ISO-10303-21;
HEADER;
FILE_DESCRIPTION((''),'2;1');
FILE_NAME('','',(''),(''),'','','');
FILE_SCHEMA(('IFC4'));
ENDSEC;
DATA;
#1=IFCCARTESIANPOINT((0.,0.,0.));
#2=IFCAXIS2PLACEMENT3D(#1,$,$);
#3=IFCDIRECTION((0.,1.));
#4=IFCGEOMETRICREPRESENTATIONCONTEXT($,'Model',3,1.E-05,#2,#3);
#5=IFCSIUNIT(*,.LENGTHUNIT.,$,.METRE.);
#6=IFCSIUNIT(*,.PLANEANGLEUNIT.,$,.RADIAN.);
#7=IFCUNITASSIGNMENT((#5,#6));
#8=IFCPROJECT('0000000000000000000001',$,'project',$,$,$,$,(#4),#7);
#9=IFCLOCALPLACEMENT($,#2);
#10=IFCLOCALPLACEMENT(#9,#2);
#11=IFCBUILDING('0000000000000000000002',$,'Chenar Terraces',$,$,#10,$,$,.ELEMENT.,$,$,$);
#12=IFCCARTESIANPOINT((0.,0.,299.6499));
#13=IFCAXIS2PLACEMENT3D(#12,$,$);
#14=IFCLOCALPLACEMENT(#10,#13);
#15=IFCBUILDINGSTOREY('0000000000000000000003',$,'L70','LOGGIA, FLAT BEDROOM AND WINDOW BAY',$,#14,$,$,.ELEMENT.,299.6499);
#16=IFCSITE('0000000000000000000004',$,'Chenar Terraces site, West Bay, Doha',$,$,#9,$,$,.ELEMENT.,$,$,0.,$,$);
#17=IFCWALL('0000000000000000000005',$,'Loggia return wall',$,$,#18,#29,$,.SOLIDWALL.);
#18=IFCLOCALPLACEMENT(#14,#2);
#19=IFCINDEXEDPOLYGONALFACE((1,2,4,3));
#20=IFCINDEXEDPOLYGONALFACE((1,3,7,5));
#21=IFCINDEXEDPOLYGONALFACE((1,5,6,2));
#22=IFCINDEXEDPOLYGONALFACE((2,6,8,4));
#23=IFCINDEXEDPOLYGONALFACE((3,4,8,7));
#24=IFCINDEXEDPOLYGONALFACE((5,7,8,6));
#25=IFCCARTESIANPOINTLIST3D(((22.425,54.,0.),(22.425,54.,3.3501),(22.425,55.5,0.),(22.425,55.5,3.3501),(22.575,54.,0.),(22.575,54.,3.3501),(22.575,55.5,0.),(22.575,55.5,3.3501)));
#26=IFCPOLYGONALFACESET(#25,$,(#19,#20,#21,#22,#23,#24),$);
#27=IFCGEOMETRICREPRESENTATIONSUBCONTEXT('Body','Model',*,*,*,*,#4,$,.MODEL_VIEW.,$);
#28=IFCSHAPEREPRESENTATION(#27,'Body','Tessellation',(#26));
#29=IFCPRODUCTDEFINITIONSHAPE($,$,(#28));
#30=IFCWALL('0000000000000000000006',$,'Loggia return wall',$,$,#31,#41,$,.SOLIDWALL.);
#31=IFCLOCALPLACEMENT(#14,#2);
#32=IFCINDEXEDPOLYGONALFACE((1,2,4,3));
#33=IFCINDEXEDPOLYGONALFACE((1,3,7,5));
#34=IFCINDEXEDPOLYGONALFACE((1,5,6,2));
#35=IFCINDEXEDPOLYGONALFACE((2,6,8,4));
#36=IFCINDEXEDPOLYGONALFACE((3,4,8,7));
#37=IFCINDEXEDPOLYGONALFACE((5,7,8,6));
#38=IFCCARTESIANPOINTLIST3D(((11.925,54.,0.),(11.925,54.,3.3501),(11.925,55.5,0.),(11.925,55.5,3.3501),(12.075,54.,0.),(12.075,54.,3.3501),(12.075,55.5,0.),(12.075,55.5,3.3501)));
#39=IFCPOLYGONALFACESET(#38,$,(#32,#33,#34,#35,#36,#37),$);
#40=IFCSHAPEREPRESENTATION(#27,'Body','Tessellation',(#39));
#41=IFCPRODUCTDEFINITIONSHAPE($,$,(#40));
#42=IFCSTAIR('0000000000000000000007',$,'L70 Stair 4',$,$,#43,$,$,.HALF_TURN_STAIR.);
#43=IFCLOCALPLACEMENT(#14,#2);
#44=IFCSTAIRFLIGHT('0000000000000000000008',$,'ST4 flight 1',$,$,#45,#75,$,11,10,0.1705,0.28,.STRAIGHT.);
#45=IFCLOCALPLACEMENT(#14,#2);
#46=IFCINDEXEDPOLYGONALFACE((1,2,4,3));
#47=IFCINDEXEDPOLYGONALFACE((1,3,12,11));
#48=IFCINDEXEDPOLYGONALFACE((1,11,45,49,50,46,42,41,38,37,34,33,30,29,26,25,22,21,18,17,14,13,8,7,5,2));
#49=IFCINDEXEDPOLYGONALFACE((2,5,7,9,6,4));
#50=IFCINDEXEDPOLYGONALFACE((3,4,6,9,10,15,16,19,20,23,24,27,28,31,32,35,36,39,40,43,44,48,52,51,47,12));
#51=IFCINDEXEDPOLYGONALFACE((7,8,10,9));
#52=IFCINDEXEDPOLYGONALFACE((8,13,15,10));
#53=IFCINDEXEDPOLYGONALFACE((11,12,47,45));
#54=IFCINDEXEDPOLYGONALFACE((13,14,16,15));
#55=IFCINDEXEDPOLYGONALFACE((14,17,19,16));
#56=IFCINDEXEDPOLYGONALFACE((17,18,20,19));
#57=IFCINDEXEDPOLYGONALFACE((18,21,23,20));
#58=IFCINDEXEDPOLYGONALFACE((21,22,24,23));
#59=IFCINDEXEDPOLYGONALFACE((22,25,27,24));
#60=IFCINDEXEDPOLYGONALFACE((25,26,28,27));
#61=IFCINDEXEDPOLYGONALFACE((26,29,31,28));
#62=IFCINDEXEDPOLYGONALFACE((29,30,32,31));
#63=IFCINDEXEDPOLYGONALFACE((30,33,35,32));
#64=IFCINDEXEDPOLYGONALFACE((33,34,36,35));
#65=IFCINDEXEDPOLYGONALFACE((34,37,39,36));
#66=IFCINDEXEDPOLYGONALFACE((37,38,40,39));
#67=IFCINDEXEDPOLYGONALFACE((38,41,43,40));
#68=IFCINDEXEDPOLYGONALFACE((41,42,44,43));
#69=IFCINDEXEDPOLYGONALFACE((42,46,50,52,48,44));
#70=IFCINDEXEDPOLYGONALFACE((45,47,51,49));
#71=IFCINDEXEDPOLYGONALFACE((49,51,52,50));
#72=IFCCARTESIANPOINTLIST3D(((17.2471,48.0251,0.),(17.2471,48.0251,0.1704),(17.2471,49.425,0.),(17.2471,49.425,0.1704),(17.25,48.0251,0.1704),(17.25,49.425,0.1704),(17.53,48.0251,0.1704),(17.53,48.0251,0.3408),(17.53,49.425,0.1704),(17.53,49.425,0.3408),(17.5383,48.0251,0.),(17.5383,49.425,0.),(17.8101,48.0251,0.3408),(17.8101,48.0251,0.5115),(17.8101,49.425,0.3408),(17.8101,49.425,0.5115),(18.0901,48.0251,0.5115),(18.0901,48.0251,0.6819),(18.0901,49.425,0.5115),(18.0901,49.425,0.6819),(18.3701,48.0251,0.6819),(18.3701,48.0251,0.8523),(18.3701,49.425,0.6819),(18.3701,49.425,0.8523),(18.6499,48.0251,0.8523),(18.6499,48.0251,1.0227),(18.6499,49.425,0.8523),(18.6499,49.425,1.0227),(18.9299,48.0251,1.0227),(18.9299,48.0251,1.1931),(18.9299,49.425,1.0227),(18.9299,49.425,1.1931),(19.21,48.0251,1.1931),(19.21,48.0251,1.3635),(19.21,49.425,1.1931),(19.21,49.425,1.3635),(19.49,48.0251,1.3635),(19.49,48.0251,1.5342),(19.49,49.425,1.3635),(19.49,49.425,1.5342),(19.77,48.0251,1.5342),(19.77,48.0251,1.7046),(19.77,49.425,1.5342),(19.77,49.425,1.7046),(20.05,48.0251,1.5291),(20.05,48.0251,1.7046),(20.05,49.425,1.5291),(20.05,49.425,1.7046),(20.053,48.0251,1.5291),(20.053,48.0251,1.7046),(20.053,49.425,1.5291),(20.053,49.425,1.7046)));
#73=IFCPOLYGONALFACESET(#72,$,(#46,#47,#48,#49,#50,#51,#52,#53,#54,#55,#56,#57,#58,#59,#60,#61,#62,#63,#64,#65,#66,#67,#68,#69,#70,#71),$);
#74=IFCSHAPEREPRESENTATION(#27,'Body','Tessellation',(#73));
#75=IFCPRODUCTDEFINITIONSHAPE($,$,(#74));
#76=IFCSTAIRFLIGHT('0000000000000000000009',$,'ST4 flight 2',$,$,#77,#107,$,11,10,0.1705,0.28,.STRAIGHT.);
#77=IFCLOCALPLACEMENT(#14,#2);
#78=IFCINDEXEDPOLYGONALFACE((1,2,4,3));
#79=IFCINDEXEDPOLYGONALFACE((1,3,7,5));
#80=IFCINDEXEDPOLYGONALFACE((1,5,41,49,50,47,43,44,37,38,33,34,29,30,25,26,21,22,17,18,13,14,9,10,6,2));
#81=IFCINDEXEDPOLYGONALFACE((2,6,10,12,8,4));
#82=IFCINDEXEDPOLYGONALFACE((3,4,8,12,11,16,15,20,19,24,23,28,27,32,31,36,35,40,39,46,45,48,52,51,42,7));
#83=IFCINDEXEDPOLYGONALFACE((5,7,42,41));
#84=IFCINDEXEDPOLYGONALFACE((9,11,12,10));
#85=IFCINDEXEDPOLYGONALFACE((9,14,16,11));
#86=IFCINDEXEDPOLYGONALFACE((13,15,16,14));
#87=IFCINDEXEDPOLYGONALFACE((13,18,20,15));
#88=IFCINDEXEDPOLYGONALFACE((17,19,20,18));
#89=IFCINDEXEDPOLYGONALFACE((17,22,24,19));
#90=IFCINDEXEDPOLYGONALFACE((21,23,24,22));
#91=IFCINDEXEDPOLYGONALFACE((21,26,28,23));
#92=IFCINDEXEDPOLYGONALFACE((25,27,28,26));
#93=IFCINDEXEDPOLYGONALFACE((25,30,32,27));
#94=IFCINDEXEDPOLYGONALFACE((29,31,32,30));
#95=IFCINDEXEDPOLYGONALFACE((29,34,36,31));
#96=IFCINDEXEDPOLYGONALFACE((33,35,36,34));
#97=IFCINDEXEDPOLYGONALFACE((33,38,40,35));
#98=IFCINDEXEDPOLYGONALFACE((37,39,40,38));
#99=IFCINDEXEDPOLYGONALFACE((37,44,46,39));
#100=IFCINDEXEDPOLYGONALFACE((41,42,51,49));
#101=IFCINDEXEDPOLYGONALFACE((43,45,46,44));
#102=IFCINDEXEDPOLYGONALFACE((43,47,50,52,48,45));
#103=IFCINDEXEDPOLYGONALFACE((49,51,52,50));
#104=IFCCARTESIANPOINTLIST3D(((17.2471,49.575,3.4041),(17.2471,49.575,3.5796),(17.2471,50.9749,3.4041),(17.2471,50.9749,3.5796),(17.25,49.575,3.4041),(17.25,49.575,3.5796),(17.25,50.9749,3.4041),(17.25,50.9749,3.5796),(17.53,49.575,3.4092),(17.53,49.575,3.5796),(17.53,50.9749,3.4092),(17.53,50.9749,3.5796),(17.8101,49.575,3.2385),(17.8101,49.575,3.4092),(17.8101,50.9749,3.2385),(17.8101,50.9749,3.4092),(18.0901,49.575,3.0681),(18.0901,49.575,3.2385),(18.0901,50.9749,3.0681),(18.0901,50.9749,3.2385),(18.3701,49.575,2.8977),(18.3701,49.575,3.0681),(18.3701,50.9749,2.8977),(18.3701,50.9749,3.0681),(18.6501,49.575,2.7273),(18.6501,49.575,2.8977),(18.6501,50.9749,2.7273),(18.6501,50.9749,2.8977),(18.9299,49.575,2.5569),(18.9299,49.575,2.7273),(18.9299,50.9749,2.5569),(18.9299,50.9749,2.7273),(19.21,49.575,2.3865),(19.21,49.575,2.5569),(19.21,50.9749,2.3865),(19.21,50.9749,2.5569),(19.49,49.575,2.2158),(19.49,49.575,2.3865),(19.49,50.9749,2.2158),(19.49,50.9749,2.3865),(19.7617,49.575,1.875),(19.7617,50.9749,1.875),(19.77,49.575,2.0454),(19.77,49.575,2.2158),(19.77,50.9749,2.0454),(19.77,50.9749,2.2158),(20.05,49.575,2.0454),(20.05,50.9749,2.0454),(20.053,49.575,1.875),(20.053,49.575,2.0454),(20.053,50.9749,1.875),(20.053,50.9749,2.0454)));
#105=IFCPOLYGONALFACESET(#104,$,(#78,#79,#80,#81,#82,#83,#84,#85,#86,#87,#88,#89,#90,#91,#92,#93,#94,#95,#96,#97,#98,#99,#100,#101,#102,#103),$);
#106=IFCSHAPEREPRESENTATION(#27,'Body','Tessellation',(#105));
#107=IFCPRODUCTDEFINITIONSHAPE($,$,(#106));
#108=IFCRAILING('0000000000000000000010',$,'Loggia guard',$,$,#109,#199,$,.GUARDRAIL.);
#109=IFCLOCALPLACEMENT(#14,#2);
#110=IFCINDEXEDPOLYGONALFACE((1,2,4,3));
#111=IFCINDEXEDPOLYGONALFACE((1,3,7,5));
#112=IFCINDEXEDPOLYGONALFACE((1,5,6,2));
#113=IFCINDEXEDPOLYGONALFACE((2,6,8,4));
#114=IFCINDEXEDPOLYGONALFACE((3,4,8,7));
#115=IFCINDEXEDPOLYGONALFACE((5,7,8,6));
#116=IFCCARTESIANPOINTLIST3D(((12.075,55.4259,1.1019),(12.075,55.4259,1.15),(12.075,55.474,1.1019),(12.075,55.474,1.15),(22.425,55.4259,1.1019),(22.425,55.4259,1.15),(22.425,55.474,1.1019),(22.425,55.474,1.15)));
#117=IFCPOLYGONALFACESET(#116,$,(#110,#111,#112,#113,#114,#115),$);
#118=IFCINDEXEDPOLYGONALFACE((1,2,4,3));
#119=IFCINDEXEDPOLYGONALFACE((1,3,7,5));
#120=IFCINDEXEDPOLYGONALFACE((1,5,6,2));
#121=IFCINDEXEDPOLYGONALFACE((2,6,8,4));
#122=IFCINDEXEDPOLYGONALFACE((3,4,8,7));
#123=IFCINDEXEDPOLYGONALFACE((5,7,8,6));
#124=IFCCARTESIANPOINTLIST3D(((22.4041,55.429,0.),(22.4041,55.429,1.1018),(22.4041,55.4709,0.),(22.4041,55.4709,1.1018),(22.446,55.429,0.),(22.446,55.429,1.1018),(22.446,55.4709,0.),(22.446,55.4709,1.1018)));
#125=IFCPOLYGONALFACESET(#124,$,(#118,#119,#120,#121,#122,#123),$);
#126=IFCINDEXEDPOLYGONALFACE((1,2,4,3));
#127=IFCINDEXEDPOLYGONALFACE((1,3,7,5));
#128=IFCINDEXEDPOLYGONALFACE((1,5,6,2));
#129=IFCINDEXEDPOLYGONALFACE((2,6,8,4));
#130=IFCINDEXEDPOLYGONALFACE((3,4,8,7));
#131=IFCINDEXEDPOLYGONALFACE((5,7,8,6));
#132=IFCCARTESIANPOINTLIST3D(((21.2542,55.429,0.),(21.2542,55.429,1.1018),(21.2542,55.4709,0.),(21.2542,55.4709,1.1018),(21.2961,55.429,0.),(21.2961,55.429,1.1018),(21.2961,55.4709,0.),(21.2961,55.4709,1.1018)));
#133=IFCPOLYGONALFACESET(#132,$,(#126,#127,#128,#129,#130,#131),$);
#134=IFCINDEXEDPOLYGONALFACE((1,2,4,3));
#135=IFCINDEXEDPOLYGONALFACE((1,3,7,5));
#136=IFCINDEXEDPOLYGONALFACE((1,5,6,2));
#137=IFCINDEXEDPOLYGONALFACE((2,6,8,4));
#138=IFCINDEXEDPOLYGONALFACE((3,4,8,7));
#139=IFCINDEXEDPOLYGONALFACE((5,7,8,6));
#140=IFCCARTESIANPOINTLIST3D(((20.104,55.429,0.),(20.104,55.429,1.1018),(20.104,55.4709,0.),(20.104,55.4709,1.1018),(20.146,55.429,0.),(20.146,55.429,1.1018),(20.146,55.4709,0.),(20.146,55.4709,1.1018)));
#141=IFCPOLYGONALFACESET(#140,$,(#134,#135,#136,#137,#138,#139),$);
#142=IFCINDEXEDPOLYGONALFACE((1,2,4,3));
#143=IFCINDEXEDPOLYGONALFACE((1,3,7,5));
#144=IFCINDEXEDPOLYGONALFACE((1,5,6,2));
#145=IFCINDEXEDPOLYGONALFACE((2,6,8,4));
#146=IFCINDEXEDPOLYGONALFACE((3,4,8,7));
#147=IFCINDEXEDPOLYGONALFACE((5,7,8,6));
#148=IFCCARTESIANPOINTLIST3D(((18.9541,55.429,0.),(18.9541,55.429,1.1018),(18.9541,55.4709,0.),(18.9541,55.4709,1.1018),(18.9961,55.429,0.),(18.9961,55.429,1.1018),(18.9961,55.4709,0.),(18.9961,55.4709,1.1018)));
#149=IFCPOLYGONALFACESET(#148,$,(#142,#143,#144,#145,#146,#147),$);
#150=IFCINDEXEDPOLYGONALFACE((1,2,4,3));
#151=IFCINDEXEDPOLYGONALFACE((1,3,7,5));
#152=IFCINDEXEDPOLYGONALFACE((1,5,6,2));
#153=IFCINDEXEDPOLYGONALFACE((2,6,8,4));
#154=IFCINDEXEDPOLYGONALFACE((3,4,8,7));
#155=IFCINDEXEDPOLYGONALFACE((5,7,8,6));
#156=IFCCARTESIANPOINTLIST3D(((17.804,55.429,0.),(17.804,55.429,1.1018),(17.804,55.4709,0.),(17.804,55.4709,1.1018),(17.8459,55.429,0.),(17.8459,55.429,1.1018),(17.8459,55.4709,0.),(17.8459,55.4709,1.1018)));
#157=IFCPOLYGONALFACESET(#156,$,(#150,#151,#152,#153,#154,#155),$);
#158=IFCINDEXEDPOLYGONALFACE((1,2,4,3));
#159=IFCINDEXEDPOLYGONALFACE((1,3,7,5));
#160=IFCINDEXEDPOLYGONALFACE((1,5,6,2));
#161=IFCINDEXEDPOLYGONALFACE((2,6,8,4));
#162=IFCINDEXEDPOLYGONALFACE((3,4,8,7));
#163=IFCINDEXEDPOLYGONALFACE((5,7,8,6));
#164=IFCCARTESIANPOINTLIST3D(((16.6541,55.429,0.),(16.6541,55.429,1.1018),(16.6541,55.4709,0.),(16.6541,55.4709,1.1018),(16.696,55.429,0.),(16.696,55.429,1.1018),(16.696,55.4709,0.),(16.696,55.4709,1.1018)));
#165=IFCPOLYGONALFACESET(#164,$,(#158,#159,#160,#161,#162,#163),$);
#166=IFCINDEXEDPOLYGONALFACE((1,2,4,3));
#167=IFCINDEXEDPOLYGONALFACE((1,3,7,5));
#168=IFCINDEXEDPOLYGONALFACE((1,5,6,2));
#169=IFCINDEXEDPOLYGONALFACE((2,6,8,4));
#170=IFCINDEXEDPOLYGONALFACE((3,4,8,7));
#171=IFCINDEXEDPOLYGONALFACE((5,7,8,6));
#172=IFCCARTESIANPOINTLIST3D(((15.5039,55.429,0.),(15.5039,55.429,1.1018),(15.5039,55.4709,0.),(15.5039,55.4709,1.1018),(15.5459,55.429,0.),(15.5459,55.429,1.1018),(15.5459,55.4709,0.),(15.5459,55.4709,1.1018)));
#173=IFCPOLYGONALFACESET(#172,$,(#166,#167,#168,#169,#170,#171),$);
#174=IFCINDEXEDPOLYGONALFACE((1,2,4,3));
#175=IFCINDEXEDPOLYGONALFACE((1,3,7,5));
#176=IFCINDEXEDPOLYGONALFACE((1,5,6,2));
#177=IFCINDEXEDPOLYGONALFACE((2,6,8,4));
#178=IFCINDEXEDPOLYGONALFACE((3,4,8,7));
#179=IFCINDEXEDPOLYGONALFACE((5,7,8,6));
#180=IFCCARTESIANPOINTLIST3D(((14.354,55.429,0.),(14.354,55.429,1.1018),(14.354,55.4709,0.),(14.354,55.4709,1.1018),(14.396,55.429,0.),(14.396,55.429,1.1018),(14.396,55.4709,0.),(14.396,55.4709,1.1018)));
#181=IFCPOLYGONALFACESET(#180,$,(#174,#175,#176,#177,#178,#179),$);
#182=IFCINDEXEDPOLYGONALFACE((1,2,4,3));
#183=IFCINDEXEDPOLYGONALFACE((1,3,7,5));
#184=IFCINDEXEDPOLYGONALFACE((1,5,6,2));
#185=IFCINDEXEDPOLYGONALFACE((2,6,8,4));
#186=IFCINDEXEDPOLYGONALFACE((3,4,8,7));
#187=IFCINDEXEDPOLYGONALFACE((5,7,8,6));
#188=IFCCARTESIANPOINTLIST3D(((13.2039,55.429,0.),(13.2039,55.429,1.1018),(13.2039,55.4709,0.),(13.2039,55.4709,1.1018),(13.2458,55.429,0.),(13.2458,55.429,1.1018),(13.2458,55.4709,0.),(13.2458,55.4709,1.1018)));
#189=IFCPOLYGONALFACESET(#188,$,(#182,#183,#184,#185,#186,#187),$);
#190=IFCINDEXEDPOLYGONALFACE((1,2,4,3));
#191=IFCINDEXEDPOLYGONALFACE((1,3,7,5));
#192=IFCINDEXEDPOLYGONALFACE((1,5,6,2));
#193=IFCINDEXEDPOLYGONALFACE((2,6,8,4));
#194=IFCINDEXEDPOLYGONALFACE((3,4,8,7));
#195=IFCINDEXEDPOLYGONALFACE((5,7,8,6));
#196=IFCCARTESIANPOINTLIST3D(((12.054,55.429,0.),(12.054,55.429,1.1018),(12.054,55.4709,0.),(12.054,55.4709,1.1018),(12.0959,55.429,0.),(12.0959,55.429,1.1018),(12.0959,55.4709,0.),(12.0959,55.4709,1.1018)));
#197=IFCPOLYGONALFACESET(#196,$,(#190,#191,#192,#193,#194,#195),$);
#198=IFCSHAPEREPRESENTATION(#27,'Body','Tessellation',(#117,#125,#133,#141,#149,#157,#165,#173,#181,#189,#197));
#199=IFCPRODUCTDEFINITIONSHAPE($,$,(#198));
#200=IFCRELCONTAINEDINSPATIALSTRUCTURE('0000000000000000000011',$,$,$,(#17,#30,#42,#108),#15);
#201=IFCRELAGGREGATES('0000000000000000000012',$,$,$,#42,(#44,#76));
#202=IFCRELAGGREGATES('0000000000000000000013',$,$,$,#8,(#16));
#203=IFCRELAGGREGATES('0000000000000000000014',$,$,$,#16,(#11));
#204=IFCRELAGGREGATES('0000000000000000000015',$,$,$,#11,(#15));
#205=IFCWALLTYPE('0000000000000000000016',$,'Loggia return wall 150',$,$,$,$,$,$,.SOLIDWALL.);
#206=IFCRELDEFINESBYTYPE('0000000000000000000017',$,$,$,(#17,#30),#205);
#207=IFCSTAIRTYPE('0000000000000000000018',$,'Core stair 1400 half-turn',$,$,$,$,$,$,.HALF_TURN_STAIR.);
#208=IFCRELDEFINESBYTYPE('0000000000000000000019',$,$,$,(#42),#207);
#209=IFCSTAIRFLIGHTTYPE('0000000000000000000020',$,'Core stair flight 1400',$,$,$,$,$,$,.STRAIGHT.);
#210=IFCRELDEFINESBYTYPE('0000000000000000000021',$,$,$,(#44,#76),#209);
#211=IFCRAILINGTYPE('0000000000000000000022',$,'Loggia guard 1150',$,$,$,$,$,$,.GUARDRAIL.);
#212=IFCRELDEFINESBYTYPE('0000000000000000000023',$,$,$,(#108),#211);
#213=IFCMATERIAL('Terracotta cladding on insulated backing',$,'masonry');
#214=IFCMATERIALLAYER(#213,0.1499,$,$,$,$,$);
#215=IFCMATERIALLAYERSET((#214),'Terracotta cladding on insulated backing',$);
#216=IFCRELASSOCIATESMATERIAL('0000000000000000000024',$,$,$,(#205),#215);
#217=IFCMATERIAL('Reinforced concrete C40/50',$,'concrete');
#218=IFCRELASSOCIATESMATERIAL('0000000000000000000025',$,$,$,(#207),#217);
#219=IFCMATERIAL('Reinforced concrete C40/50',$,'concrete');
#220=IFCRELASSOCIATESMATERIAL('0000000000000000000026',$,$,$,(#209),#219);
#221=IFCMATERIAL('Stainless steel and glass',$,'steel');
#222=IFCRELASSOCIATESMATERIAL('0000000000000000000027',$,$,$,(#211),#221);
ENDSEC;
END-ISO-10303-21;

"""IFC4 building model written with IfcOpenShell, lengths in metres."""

from ifc_helpers import new_model, si_unit, direction, frame, frame_2d, origin, origin_2d, place, context, subcontext, project, spatial, polyline, rectangle, outline, extrude, material, layer, layer_set, type_object, element, aggregate, save


model = new_model("IFC4")

# Units and contexts
model_context = context("Model", 3, precision=1e-05, world=origin(), true_north=direction((0.0, 1.0)))
body_context = subcontext(model_context, "Body", "Model", "MODEL_VIEW")
ifc_project = project(units=[si_unit("LENGTHUNIT", "METRE"), si_unit("PLANEANGLEUNIT", "RADIAN")], contexts=[model_context])

# Site, building, storey
site_placement = place(None, origin())
site = spatial("IfcSite", under=ifc_project, at=site_placement, Name="Chenar Terraces site, West Bay, Doha", CompositionType="ELEMENT", RefElevation=0.0)
building_placement = place(site_placement, origin())
building = spatial("IfcBuilding", under=site, at=building_placement, Name="Chenar Terraces", CompositionType="ELEMENT")
storey_placement = place(building_placement, frame((0.0, 0.0, 299.6499)))
storey = spatial("IfcBuildingStorey", under=building, at=storey_placement, Name="L70", Description="LOGGIA, FLAT BEDROOM AND WINDOW BAY", CompositionType="ELEMENT", Elevation=299.6499)

# Walls
ifc_material_1 = material(Name="Terracotta cladding on insulated backing", Category="masonry")
ifc_layer_1 = layer(ifc_material_1, 0.1499)
ifc_layer_set_1 = layer_set([ifc_layer_1], Name="Terracotta cladding on insulated backing")
wall_type_1 = type_object("IfcWallType", Name="Loggia return wall 150", PredefinedType="SOLIDWALL", material=ifc_layer_set_1)
for number, where, z_axis, x_axis, name in (
    (1, (22.5, 55.5, 0.0), (0.0, 0.0, 1.0), (0.0, -1.0, 0.0), "Loggia return wall"),
    (2, (12.0, 55.5, 0.0), (0.0, 0.0, 1.0), (0.0, -1.0, 0.0), "Loggia return wall"),
):
    element("IfcWall", number, at=place(storey_placement, frame(where, z_axis=z_axis, x_axis=x_axis)), inside=storey, type_object=wall_type_1, Name=name, PredefinedType="SOLIDWALL", context=body_context, shape_type="SweptSolid", body=[
        extrude(rectangle(XDim=1.5, YDim=0.1499, at=frame_2d((0.75, 0.0))), origin(), (0.0, 0.0, 1.0), 3.3501),
    ])

# Stair, stair flights
ifc_material_2 = material(Name="Reinforced concrete C40/50", Category="concrete")
stair_type = type_object("IfcStairType", Name="Core stair 1400 half-turn", PredefinedType="HALF_TURN_STAIR", material=ifc_material_2)
stair_placement = place(storey_placement, origin())
stair = element("IfcStair", 3, at=stair_placement, inside=storey, type_object=stair_type, Name="L70 Stair 4", PredefinedType="HALF_TURN_STAIR")
ifc_material_3 = material(Name="Reinforced concrete C40/50", Category="concrete")
stair_flight_type = type_object("IfcStairFlightType", Name="Core stair flight 1400", PredefinedType="STRAIGHT", material=ifc_material_3)
stair_flight_1_placement = place(storey_placement, frame((17.25, 48.7251, 0.0), z_axis=(0.0, 0.0, 1.0), x_axis=(1.0, 0.0, 0.0)))
stair_flight_1 = element("IfcStairFlight", 4, at=stair_flight_1_placement, type_object=stair_flight_type, Name="ST4 flight 1", NumberOfRisers=11, NumberOfTreads=10, PredefinedType="STRAIGHT", RiserHeight=0.1705, TreadLength=0.28, context=body_context, shape_type="SweptSolid", body=[
    extrude(outline(polyline([(-0.0029, 0.0), (-0.0029, 0.1704), (0.0, 0.1704), (0.28, 0.1704), (0.28, 0.3408), (0.5601, 0.3408), (0.5601, 0.5115), (0.8401, 0.5115), (0.8401, 0.6819), (1.1201, 0.6819), (1.1201, 0.8523), (1.3999, 0.8523), (1.3999, 1.0227), (1.6799, 1.0227), (1.6799, 1.1931), (1.96, 1.1931), (1.96, 1.3635), (2.24, 1.3635), (2.24, 1.5342), (2.52, 1.5342), (2.52, 1.7046), (2.8, 1.7046), (2.803, 1.7046), (2.803, 1.5291), (2.8, 1.5291), (0.2883, 0.0), (-0.0029, 0.0)])), frame((0.0, 0.7, 0.0), z_axis=(0.0, -1.0, 0.0), x_axis=(1.0, 0.0, 0.0)), (0.0, 0.0, 1.0), 1.3999),
])
stair_flight_2_placement = place(storey_placement, frame((20.05, 50.2749, 1.875), z_axis=(0.0, 0.0, 1.0), x_axis=(-1.0, 0.0, 0.0)))
stair_flight_2 = element("IfcStairFlight", 5, at=stair_flight_2_placement, type_object=stair_flight_type, Name="ST4 flight 2", NumberOfRisers=11, NumberOfTreads=10, PredefinedType="STRAIGHT", RiserHeight=0.1705, TreadLength=0.28, context=body_context, shape_type="SweptSolid", body=[
    extrude(outline(polyline([(-0.0029, 0.0), (-0.0029, 0.1704), (0.0, 0.1704), (0.28, 0.1704), (0.28, 0.3408), (0.5601, 0.3408), (0.5601, 0.5115), (0.8401, 0.5115), (0.8401, 0.6819), (1.1201, 0.6819), (1.1201, 0.8523), (1.3999, 0.8523), (1.3999, 1.0227), (1.6799, 1.0227), (1.6799, 1.1931), (1.96, 1.1931), (1.96, 1.3635), (2.24, 1.3635), (2.24, 1.5342), (2.52, 1.5342), (2.52, 1.7046), (2.8, 1.7046), (2.803, 1.7046), (2.803, 1.5291), (2.8, 1.5291), (0.2883, 0.0), (-0.0029, 0.0)])), frame((0.0, 0.7, 0.0), z_axis=(0.0, -1.0, 0.0), x_axis=(1.0, 0.0, 0.0)), (0.0, 0.0, 1.0), 1.3999),
])
aggregate(stair, [stair_flight_1, stair_flight_2])

# Railing
ifc_material_4 = material(Name="Stainless steel and glass", Category="steel")
railing_type_1 = type_object("IfcRailingType", Name="Loggia guard 1150", PredefinedType="GUARDRAIL", material=ifc_material_4)
railing_1_placement = place(storey_placement, frame((22.425, 55.45, 0.0)))
element("IfcRailing", 6, at=railing_1_placement, inside=storey, type_object=railing_type_1, Name="Loggia guard", PredefinedType="GUARDRAIL", context=body_context, shape_type="SweptSolid", body=[
    extrude(rectangle(XDim=0.0481, YDim=0.0481, at=origin_2d()), frame((0.0, 0.0, 1.126), z_axis=(-1.0, 0.0, 0.0), x_axis=(0.0, -1.0, 0.0)), (0.0, 0.0, 1.0), 10.3501),
    extrude(rectangle(XDim=0.042, YDim=0.042, at=origin_2d()), origin(), (0.0, 0.0, 1.0), 1.1018),
    extrude(rectangle(XDim=0.042, YDim=0.042, at=origin_2d()), frame((-1.1499, 0.0, 0.0)), (0.0, 0.0, 1.0), 1.1018),
    extrude(rectangle(XDim=0.042, YDim=0.042, at=origin_2d()), frame((-2.3, 0.0, 0.0)), (0.0, 0.0, 1.0), 1.1018),
    extrude(rectangle(XDim=0.042, YDim=0.042, at=origin_2d()), frame((-3.45, 0.0, 0.0)), (0.0, 0.0, 1.0), 1.1018),
    extrude(rectangle(XDim=0.042, YDim=0.042, at=origin_2d()), frame((-4.6001, 0.0, 0.0)), (0.0, 0.0, 1.0), 1.1018),
    extrude(rectangle(XDim=0.042, YDim=0.042, at=origin_2d()), frame((-5.75, 0.0, 0.0)), (0.0, 0.0, 1.0), 1.1018),
    extrude(rectangle(XDim=0.042, YDim=0.042, at=origin_2d()), frame((-6.9001, 0.0, 0.0)), (0.0, 0.0, 1.0), 1.1018),
    extrude(rectangle(XDim=0.042, YDim=0.042, at=origin_2d()), frame((-8.05, 0.0, 0.0)), (0.0, 0.0, 1.0), 1.1018),
    extrude(rectangle(XDim=0.042, YDim=0.042, at=origin_2d()), frame((-9.2002, 0.0, 0.0)), (0.0, 0.0, 1.0), 1.1018),
    extrude(rectangle(XDim=0.042, YDim=0.042, at=origin_2d()), frame((-10.3501, 0.0, 0.0)), (0.0, 0.0, 1.0), 1.1018),
])

save(model, "model.ifc")
